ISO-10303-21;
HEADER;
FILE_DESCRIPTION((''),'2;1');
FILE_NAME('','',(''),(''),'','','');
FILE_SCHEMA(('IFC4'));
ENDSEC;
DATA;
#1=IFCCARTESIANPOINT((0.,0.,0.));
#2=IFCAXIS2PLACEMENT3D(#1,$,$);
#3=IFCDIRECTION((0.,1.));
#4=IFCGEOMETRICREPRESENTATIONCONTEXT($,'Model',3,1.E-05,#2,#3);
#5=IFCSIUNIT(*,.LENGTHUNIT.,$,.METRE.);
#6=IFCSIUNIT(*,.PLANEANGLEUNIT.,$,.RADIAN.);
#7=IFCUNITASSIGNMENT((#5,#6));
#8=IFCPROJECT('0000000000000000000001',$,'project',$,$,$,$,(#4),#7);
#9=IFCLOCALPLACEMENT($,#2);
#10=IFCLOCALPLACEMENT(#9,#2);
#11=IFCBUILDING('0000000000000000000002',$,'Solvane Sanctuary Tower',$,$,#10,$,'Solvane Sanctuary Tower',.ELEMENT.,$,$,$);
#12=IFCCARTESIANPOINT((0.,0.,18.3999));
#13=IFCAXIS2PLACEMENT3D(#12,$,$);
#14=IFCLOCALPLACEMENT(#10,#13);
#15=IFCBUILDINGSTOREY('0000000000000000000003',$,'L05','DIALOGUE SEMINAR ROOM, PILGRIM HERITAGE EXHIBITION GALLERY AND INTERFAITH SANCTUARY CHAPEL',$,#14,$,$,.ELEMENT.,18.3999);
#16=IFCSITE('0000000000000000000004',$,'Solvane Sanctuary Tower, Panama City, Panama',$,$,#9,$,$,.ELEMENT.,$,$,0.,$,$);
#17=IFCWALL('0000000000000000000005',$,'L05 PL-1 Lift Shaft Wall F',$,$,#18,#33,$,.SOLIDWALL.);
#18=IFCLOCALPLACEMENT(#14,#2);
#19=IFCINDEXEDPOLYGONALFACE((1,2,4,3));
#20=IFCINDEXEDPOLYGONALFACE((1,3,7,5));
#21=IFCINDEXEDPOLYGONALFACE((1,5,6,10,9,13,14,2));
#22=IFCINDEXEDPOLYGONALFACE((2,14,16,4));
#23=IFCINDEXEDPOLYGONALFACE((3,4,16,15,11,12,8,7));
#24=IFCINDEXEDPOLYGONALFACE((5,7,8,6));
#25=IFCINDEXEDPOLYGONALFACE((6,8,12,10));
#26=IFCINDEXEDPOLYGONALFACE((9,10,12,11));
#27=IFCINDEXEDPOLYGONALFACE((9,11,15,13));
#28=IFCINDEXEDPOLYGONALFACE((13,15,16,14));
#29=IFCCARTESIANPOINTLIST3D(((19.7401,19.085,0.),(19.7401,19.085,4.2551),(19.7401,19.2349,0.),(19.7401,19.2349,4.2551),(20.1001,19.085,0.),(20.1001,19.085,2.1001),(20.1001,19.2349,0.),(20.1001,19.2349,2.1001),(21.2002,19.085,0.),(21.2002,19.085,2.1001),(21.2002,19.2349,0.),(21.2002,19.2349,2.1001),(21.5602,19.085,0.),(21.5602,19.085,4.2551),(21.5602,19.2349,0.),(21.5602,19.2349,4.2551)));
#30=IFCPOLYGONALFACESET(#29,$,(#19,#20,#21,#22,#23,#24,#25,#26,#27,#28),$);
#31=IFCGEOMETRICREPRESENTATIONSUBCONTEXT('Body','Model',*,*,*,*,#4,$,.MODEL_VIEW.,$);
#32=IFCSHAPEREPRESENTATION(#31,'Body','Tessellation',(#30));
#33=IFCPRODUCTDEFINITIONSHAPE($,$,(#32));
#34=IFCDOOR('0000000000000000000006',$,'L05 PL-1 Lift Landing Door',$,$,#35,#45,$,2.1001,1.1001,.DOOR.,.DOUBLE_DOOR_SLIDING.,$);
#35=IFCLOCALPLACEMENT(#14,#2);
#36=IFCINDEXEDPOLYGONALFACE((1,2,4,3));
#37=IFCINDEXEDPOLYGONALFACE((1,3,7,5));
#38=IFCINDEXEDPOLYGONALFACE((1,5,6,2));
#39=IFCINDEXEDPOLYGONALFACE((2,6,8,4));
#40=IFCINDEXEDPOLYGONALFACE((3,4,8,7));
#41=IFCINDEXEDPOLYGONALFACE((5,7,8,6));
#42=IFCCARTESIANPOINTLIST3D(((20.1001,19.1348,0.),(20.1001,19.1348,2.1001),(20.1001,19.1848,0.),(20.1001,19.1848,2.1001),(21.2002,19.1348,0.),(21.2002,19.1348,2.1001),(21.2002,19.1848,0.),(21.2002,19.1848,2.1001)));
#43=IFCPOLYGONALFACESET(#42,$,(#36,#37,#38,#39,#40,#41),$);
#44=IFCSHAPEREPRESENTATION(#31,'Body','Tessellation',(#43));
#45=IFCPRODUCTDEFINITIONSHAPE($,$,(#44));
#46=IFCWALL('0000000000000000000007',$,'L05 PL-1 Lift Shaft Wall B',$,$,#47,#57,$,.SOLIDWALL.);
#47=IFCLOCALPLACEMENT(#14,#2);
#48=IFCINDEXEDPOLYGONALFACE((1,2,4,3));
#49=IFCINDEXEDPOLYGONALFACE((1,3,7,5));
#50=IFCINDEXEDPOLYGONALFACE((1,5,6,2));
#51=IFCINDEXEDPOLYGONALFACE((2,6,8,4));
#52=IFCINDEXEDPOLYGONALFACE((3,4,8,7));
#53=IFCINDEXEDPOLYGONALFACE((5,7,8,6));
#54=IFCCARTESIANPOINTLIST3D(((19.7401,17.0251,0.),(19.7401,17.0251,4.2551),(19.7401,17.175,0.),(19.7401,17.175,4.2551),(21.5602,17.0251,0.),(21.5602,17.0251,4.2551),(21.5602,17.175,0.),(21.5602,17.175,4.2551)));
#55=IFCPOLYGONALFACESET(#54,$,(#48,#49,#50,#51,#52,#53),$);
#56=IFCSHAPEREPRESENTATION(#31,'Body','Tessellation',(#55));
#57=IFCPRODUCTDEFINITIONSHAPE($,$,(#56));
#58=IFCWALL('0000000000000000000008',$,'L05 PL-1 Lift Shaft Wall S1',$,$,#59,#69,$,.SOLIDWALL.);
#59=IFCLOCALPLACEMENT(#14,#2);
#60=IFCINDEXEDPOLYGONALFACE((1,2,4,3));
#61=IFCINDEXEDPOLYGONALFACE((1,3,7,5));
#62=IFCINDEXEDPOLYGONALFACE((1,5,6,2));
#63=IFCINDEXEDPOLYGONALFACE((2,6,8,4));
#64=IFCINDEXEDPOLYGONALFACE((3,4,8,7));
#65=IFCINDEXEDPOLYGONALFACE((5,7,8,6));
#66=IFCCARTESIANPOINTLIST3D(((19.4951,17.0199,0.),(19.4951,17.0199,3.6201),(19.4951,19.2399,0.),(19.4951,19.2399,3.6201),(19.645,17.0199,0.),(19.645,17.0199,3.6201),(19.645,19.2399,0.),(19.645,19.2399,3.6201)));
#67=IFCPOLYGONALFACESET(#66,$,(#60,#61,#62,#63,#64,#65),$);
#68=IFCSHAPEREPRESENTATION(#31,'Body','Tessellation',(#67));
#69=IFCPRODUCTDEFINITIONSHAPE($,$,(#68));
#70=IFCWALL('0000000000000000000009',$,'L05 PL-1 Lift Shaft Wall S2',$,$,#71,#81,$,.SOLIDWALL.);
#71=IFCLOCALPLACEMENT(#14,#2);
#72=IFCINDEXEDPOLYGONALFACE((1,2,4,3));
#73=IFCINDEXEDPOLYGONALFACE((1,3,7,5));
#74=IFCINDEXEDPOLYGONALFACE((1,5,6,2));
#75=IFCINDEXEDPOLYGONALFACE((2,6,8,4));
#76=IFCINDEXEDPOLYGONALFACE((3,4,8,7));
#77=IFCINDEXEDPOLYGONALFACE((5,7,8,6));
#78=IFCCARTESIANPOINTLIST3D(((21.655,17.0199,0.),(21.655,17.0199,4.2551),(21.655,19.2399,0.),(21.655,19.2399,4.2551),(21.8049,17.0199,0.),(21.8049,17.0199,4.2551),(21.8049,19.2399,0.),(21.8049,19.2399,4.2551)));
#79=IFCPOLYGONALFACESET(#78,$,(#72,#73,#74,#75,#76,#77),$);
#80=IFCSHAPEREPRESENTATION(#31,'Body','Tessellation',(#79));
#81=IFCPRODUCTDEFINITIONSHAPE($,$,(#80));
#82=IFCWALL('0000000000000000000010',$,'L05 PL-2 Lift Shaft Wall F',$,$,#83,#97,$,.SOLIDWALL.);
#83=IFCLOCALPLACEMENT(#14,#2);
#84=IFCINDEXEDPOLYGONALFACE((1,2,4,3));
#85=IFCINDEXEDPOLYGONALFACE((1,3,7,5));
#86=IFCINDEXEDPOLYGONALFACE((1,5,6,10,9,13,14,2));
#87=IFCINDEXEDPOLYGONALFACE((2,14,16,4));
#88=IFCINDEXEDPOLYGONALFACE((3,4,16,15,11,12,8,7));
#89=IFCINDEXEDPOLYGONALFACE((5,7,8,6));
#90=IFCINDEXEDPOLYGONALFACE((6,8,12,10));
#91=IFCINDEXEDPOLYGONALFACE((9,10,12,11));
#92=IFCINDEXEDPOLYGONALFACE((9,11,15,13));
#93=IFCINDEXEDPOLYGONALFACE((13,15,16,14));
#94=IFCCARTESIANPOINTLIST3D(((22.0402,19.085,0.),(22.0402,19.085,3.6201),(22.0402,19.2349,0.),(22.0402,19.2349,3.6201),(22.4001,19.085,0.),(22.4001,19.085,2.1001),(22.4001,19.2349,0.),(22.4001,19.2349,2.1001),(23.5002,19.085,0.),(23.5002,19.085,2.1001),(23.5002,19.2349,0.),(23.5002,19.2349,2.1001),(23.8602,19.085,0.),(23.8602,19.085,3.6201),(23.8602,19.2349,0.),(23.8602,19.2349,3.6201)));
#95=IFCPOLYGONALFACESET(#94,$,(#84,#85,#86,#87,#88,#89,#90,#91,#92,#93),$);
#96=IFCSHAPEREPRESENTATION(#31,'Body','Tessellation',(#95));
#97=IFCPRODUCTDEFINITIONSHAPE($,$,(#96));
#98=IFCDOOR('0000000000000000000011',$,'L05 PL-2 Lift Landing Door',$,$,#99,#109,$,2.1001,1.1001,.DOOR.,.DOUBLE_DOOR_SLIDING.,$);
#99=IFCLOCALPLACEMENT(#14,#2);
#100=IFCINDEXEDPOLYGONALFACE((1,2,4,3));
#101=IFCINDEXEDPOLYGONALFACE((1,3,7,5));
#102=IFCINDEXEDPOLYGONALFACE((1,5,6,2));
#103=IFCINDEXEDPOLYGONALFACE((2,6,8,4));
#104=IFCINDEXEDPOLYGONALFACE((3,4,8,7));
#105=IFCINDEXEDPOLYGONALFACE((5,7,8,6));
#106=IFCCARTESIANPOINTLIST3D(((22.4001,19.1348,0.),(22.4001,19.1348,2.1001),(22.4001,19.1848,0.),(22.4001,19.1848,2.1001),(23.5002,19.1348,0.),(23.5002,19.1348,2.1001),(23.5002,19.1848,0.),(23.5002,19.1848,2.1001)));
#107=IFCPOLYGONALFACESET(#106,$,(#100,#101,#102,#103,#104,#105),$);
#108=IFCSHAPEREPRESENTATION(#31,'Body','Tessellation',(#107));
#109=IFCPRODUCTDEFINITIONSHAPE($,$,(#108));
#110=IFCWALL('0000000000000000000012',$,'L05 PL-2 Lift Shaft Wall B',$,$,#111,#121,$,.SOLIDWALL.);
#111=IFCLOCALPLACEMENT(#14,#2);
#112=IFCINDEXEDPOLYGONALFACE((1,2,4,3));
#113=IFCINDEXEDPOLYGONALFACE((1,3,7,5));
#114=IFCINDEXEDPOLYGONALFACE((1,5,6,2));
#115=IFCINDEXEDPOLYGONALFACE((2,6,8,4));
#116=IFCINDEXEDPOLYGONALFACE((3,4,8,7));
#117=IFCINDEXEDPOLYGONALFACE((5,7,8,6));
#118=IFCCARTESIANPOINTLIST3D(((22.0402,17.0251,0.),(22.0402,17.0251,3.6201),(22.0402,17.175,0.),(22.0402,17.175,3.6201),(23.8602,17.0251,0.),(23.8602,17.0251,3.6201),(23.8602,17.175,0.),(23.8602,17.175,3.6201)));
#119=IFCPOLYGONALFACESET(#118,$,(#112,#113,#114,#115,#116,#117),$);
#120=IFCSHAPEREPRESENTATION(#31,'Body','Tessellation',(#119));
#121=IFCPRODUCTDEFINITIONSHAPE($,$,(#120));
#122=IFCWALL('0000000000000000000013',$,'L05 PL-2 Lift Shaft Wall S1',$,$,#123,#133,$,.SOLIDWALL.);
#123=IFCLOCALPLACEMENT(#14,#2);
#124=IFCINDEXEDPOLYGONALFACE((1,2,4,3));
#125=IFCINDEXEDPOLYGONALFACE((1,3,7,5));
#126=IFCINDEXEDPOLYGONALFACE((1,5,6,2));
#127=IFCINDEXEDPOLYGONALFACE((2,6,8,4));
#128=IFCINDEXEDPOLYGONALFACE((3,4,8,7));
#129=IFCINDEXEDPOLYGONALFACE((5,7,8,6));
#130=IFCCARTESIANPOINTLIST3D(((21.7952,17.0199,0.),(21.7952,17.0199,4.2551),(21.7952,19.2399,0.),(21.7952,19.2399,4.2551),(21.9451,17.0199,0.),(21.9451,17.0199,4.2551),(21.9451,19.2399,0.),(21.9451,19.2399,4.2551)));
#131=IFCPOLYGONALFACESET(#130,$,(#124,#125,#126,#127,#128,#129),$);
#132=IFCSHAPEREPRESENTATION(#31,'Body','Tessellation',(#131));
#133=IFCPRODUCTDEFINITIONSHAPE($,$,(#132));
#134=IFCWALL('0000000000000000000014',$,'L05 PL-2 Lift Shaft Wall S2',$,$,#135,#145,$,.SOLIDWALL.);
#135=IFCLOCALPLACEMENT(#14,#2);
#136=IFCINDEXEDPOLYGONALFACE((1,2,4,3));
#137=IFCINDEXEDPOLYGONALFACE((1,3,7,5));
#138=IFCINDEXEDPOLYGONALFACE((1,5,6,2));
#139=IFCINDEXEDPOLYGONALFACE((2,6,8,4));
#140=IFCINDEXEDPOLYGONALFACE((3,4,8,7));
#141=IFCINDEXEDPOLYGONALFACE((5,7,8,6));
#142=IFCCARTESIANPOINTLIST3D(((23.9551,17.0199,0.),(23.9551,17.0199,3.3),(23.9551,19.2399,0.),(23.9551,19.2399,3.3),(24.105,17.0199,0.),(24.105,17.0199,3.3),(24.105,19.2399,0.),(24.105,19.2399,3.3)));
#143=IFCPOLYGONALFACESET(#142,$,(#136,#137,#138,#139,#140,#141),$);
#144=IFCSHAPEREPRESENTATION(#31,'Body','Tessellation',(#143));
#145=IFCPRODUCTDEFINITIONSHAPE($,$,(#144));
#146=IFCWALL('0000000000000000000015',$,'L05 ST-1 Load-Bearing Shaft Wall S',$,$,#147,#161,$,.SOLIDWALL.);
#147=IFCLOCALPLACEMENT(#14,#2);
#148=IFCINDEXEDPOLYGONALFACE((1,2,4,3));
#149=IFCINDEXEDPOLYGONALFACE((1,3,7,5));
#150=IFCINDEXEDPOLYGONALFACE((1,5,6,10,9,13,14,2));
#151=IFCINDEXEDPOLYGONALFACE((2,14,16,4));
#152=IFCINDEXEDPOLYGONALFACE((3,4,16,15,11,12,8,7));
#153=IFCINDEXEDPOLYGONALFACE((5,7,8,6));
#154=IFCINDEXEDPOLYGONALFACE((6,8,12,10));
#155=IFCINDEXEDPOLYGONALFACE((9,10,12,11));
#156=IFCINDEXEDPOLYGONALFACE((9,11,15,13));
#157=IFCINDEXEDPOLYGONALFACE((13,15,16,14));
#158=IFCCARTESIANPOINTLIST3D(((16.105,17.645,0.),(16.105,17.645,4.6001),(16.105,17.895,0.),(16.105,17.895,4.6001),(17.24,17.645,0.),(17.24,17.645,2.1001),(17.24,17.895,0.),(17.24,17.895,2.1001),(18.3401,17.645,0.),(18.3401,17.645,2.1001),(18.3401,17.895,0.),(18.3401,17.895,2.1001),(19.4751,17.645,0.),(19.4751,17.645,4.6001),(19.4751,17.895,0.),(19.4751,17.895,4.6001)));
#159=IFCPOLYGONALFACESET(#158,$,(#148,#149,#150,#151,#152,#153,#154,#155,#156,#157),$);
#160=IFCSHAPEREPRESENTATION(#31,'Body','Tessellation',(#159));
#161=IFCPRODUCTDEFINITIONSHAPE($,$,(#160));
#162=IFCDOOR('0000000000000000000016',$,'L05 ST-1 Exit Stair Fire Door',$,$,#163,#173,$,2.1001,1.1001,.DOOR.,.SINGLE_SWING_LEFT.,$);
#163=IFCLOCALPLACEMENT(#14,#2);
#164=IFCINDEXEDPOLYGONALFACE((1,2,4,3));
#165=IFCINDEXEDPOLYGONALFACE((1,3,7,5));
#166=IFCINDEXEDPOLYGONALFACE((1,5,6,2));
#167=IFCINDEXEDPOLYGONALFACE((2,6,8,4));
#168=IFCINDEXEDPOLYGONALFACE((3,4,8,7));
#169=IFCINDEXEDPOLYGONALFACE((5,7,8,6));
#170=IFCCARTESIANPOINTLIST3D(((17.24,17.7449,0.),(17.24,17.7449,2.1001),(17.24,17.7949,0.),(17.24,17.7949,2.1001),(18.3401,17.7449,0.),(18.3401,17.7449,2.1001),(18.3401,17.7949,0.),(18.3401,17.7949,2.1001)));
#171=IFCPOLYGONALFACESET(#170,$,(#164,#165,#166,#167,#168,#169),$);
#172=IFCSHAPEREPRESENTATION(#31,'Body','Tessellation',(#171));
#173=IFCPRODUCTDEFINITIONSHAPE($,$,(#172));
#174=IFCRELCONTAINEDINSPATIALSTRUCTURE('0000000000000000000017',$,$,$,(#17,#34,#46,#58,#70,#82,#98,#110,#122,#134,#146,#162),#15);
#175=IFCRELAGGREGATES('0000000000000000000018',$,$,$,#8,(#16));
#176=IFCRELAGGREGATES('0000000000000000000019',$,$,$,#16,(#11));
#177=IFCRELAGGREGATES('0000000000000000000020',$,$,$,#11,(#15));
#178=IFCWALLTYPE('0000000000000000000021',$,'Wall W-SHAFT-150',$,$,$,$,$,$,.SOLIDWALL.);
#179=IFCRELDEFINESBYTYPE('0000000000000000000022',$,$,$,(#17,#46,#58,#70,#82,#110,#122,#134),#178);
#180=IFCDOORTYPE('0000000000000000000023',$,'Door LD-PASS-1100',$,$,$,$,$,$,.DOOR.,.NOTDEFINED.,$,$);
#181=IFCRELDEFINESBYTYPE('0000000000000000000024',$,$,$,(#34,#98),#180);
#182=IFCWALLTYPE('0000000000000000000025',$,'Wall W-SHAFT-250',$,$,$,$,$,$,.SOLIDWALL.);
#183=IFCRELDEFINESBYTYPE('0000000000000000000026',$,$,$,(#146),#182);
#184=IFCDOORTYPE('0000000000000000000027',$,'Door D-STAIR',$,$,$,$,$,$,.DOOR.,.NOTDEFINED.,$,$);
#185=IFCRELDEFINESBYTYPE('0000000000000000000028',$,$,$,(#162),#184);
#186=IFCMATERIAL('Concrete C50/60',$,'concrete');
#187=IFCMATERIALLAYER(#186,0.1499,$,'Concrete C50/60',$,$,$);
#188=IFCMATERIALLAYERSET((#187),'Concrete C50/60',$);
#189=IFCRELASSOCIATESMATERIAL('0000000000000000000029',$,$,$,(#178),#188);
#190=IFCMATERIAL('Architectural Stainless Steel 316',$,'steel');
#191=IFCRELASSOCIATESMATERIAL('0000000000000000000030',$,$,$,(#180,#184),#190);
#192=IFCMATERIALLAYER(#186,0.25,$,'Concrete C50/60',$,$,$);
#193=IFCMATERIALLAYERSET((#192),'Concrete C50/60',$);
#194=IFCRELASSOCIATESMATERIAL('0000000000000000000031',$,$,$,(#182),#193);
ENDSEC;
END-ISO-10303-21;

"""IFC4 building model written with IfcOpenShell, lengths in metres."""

from ifc_helpers import new_model, si_unit, direction, frame, frame_2d, origin, place, context, subcontext, project, spatial, rectangle, extrude, material, layer, layer_set, type_object, element, fill, save


model = new_model("IFC4")

# Units and contexts
model_context = context("Model", 3, precision=1e-05, world=origin(), true_north=direction((0.0, 1.0)))
body_context = subcontext(model_context, "Body", "Model", "MODEL_VIEW")
ifc_project = project(units=[si_unit("LENGTHUNIT", "METRE"), si_unit("PLANEANGLEUNIT", "RADIAN")], contexts=[model_context])

# Site, building, storey
site_placement = place(None, origin())
site = spatial("IfcSite", under=ifc_project, at=site_placement, Name="Solvane Sanctuary Tower, Panama City, Panama", CompositionType="ELEMENT", RefElevation=0.0)
building_placement = place(site_placement, origin())
building = spatial("IfcBuilding", under=site, at=building_placement, Name="Solvane Sanctuary Tower", LongName="Solvane Sanctuary Tower", CompositionType="ELEMENT")
storey_placement = place(building_placement, frame((0.0, 0.0, 18.3999)))
storey = spatial("IfcBuildingStorey", under=building, at=storey_placement, Name="L05", Description="DIALOGUE SEMINAR ROOM, PILGRIM HERITAGE EXHIBITION GALLERY AND INTERFAITH SANCTUARY CHAPEL", CompositionType="ELEMENT", Elevation=18.3999)

# Wall, opening, door
ifc_material_1 = material(Name="Concrete C50/60", Category="concrete")
ifc_layer_1 = layer(ifc_material_1, 0.1499, Name="Concrete C50/60")
ifc_layer_set_1 = layer_set([ifc_layer_1], Name="Concrete C50/60")
wall_type_1 = type_object("IfcWallType", Name="Wall W-SHAFT-150", PredefinedType="SOLIDWALL", material=ifc_layer_set_1)
wall_1_placement = place(storey_placement, frame((19.74, 19.1599, 0.0), z_axis=(0.0, 0.0, 1.0), x_axis=(1.0, 0.0, 0.0)))
wall_1 = element("IfcWall", 1, at=wall_1_placement, inside=storey, type_object=wall_type_1, Name="L05 PL-1 Lift Shaft Wall F", PredefinedType="SOLIDWALL", context=body_context, shape_type="SweptSolid", body=[
    extrude(rectangle(XDim=1.8201, YDim=0.1499, at=frame_2d((0.9102, 0.0))), origin(), (0.0, 0.0, 1.0), 4.2551),
])
opening_1_placement = place(wall_1_placement, frame((0.3601, 0.0, 0.0)))
opening_1 = element("IfcOpeningElement", 2, at=opening_1_placement, cuts=wall_1, PredefinedType="OPENING", context=body_context, shape_type="SweptSolid", body=[
    extrude(rectangle(XDim=1.1001, YDim=2.1001, at=frame_2d((0.55, 1.05))), frame((0.0, 0.085, 0.0), z_axis=(0.0, -1.0, 0.0), x_axis=(1.0, 0.0, 0.0)), (0.0, 0.0, 1.0), 0.1699),
])
ifc_material_2 = material(Name="Architectural Stainless Steel 316", Category="steel")
door_type_1 = type_object("IfcDoorType", Name="Door LD-PASS-1100", OperationType="NOTDEFINED", PredefinedType="DOOR", material=ifc_material_2)
door_1_placement = place(opening_1_placement, origin())
door_1 = element("IfcDoor", 3, at=door_1_placement, inside=storey, type_object=door_type_1, Name="L05 PL-1 Lift Landing Door", OperationType="DOUBLE_DOOR_SLIDING", OverallHeight=2.1001, OverallWidth=1.1001, PredefinedType="DOOR", context=body_context, shape_type="SweptSolid", body=[
    extrude(rectangle(XDim=1.1001, YDim=2.1001, at=frame_2d((0.55, 1.05))), frame((0.0, 0.0249, 0.0), z_axis=(0.0, -1.0, 0.0), x_axis=(1.0, 0.0, 0.0)), (0.0, 0.0, 1.0), 0.05),
])
fill(opening_1, door_1)

# Walls
wall_2_placement = place(storey_placement, frame((19.74, 17.1001, 0.0), z_axis=(0.0, 0.0, 1.0), x_axis=(1.0, 0.0, 0.0)))
element("IfcWall", 4, at=wall_2_placement, inside=storey, type_object=wall_type_1, Name="L05 PL-1 Lift Shaft Wall B", PredefinedType="SOLIDWALL", context=body_context, shape_type="SweptSolid", body=[
    extrude(rectangle(XDim=1.8201, YDim=0.1499, at=frame_2d((0.9102, 0.0))), origin(), (0.0, 0.0, 1.0), 4.2551),
])
wall_3_placement = place(storey_placement, frame((19.5701, 17.02, 0.0), z_axis=(0.0, 0.0, 1.0), x_axis=(0.0, 1.0, 0.0)))
element("IfcWall", 5, at=wall_3_placement, inside=storey, type_object=wall_type_1, Name="L05 PL-1 Lift Shaft Wall S1", PredefinedType="SOLIDWALL", context=body_context, shape_type="SweptSolid", body=[
    extrude(rectangle(XDim=2.22, YDim=0.1499, at=frame_2d((1.1099, 0.0))), origin(), (0.0, 0.0, 1.0), 3.6201),
])
wall_4_placement = place(storey_placement, frame((21.73, 17.02, 0.0), z_axis=(0.0, 0.0, 1.0), x_axis=(0.0, 1.0, 0.0)))
element("IfcWall", 6, at=wall_4_placement, inside=storey, type_object=wall_type_1, Name="L05 PL-1 Lift Shaft Wall S2", PredefinedType="SOLIDWALL", context=body_context, shape_type="SweptSolid", body=[
    extrude(rectangle(XDim=2.22, YDim=0.1499, at=frame_2d((1.1099, 0.0))), origin(), (0.0, 0.0, 1.0), 4.2551),
])

# Wall, opening, door
wall_5_placement = place(storey_placement, frame((22.04, 19.1599, 0.0), z_axis=(0.0, 0.0, 1.0), x_axis=(1.0, 0.0, 0.0)))
wall_5 = element("IfcWall", 7, at=wall_5_placement, inside=storey, type_object=wall_type_1, Name="L05 PL-2 Lift Shaft Wall F", PredefinedType="SOLIDWALL", context=body_context, shape_type="SweptSolid", body=[
    extrude(rectangle(XDim=1.8201, YDim=0.1499, at=frame_2d((0.9102, 0.0))), origin(), (0.0, 0.0, 1.0), 3.6201),
])
opening_2_placement = place(wall_5_placement, frame((0.3601, 0.0, 0.0)))
opening_2 = element("IfcOpeningElement", 8, at=opening_2_placement, cuts=wall_5, PredefinedType="OPENING", context=body_context, shape_type="SweptSolid", body=[
    extrude(rectangle(XDim=1.1001, YDim=2.1001, at=frame_2d((0.55, 1.05))), frame((0.0, 0.085, 0.0), z_axis=(0.0, -1.0, 0.0), x_axis=(1.0, 0.0, 0.0)), (0.0, 0.0, 1.0), 0.1699),
])
door_2_placement = place(opening_2_placement, origin())
door_2 = element("IfcDoor", 9, at=door_2_placement, inside=storey, type_object=door_type_1, Name="L05 PL-2 Lift Landing Door", OperationType="DOUBLE_DOOR_SLIDING", OverallHeight=2.1001, OverallWidth=1.1001, PredefinedType="DOOR", context=body_context, shape_type="SweptSolid", body=[
    extrude(rectangle(XDim=1.1001, YDim=2.1001, at=frame_2d((0.55, 1.05))), frame((0.0, 0.0249, 0.0), z_axis=(0.0, -1.0, 0.0), x_axis=(1.0, 0.0, 0.0)), (0.0, 0.0, 1.0), 0.05),
])
fill(opening_2, door_2)

# Walls
wall_6_placement = place(storey_placement, frame((22.04, 17.1001, 0.0), z_axis=(0.0, 0.0, 1.0), x_axis=(1.0, 0.0, 0.0)))
element("IfcWall", 10, at=wall_6_placement, inside=storey, type_object=wall_type_1, Name="L05 PL-2 Lift Shaft Wall B", PredefinedType="SOLIDWALL", context=body_context, shape_type="SweptSolid", body=[
    extrude(rectangle(XDim=1.8201, YDim=0.1499, at=frame_2d((0.9102, 0.0))), origin(), (0.0, 0.0, 1.0), 3.6201),
])
wall_7_placement = place(storey_placement, frame((21.8701, 17.02, 0.0), z_axis=(0.0, 0.0, 1.0), x_axis=(0.0, 1.0, 0.0)))
element("IfcWall", 11, at=wall_7_placement, inside=storey, type_object=wall_type_1, Name="L05 PL-2 Lift Shaft Wall S1", PredefinedType="SOLIDWALL", context=body_context, shape_type="SweptSolid", body=[
    extrude(rectangle(XDim=2.22, YDim=0.1499, at=frame_2d((1.1099, 0.0))), origin(), (0.0, 0.0, 1.0), 4.2551),
])
wall_8_placement = place(storey_placement, frame((24.03, 17.02, 0.0), z_axis=(0.0, 0.0, 1.0), x_axis=(0.0, 1.0, 0.0)))
element("IfcWall", 12, at=wall_8_placement, inside=storey, type_object=wall_type_1, Name="L05 PL-2 Lift Shaft Wall S2", PredefinedType="SOLIDWALL", context=body_context, shape_type="SweptSolid", body=[
    extrude(rectangle(XDim=2.22, YDim=0.1499, at=frame_2d((1.1099, 0.0))), origin(), (0.0, 0.0, 1.0), 3.3),
])

# Wall, opening, door
ifc_layer_2 = layer(ifc_material_1, 0.25, Name="Concrete C50/60")
ifc_layer_set_2 = layer_set([ifc_layer_2], Name="Concrete C50/60")
wall_type_2 = type_object("IfcWallType", Name="Wall W-SHAFT-250", PredefinedType="SOLIDWALL", material=ifc_layer_set_2)
wall_9_placement = place(storey_placement, frame((16.105, 17.77, 0.0), z_axis=(0.0, 0.0, 1.0), x_axis=(1.0, 0.0, 0.0)))
wall_9 = element("IfcWall", 13, at=wall_9_placement, inside=storey, type_object=wall_type_2, Name="L05 ST-1 Load-Bearing Shaft Wall S", PredefinedType="SOLIDWALL", context=body_context, shape_type="SweptSolid", body=[
    extrude(rectangle(XDim=3.3701, YDim=0.25, at=frame_2d((1.6851, 0.0))), origin(), (0.0, 0.0, 1.0), 4.6001),
])
opening_3_placement = place(wall_9_placement, frame((1.135, 0.0, 0.0)))
opening_3 = element("IfcOpeningElement", 14, at=opening_3_placement, cuts=wall_9, PredefinedType="OPENING", context=body_context, shape_type="SweptSolid", body=[
    extrude(rectangle(XDim=1.1001, YDim=2.1001, at=frame_2d((0.55, 1.05))), frame((0.0, 0.135, 0.0), z_axis=(0.0, -1.0, 0.0), x_axis=(1.0, 0.0, 0.0)), (0.0, 0.0, 1.0), 0.27),
])
door_type_2 = type_object("IfcDoorType", Name="Door D-STAIR", OperationType="NOTDEFINED", PredefinedType="DOOR", material=ifc_material_2)
door_3_placement = place(opening_3_placement, origin())
door_3 = element("IfcDoor", 15, at=door_3_placement, inside=storey, type_object=door_type_2, Name="L05 ST-1 Exit Stair Fire Door", OperationType="SINGLE_SWING_LEFT", OverallHeight=2.1001, OverallWidth=1.1001, PredefinedType="DOOR", context=body_context, shape_type="SweptSolid", body=[
    extrude(rectangle(XDim=1.1001, YDim=2.1001, at=frame_2d((0.55, 1.05))), frame((0.0, 0.0249, 0.0), z_axis=(0.0, -1.0, 0.0), x_axis=(1.0, 0.0, 0.0)), (0.0, 0.0, 1.0), 0.05),
])
fill(opening_3, door_3)

save(model, "model.ifc")
